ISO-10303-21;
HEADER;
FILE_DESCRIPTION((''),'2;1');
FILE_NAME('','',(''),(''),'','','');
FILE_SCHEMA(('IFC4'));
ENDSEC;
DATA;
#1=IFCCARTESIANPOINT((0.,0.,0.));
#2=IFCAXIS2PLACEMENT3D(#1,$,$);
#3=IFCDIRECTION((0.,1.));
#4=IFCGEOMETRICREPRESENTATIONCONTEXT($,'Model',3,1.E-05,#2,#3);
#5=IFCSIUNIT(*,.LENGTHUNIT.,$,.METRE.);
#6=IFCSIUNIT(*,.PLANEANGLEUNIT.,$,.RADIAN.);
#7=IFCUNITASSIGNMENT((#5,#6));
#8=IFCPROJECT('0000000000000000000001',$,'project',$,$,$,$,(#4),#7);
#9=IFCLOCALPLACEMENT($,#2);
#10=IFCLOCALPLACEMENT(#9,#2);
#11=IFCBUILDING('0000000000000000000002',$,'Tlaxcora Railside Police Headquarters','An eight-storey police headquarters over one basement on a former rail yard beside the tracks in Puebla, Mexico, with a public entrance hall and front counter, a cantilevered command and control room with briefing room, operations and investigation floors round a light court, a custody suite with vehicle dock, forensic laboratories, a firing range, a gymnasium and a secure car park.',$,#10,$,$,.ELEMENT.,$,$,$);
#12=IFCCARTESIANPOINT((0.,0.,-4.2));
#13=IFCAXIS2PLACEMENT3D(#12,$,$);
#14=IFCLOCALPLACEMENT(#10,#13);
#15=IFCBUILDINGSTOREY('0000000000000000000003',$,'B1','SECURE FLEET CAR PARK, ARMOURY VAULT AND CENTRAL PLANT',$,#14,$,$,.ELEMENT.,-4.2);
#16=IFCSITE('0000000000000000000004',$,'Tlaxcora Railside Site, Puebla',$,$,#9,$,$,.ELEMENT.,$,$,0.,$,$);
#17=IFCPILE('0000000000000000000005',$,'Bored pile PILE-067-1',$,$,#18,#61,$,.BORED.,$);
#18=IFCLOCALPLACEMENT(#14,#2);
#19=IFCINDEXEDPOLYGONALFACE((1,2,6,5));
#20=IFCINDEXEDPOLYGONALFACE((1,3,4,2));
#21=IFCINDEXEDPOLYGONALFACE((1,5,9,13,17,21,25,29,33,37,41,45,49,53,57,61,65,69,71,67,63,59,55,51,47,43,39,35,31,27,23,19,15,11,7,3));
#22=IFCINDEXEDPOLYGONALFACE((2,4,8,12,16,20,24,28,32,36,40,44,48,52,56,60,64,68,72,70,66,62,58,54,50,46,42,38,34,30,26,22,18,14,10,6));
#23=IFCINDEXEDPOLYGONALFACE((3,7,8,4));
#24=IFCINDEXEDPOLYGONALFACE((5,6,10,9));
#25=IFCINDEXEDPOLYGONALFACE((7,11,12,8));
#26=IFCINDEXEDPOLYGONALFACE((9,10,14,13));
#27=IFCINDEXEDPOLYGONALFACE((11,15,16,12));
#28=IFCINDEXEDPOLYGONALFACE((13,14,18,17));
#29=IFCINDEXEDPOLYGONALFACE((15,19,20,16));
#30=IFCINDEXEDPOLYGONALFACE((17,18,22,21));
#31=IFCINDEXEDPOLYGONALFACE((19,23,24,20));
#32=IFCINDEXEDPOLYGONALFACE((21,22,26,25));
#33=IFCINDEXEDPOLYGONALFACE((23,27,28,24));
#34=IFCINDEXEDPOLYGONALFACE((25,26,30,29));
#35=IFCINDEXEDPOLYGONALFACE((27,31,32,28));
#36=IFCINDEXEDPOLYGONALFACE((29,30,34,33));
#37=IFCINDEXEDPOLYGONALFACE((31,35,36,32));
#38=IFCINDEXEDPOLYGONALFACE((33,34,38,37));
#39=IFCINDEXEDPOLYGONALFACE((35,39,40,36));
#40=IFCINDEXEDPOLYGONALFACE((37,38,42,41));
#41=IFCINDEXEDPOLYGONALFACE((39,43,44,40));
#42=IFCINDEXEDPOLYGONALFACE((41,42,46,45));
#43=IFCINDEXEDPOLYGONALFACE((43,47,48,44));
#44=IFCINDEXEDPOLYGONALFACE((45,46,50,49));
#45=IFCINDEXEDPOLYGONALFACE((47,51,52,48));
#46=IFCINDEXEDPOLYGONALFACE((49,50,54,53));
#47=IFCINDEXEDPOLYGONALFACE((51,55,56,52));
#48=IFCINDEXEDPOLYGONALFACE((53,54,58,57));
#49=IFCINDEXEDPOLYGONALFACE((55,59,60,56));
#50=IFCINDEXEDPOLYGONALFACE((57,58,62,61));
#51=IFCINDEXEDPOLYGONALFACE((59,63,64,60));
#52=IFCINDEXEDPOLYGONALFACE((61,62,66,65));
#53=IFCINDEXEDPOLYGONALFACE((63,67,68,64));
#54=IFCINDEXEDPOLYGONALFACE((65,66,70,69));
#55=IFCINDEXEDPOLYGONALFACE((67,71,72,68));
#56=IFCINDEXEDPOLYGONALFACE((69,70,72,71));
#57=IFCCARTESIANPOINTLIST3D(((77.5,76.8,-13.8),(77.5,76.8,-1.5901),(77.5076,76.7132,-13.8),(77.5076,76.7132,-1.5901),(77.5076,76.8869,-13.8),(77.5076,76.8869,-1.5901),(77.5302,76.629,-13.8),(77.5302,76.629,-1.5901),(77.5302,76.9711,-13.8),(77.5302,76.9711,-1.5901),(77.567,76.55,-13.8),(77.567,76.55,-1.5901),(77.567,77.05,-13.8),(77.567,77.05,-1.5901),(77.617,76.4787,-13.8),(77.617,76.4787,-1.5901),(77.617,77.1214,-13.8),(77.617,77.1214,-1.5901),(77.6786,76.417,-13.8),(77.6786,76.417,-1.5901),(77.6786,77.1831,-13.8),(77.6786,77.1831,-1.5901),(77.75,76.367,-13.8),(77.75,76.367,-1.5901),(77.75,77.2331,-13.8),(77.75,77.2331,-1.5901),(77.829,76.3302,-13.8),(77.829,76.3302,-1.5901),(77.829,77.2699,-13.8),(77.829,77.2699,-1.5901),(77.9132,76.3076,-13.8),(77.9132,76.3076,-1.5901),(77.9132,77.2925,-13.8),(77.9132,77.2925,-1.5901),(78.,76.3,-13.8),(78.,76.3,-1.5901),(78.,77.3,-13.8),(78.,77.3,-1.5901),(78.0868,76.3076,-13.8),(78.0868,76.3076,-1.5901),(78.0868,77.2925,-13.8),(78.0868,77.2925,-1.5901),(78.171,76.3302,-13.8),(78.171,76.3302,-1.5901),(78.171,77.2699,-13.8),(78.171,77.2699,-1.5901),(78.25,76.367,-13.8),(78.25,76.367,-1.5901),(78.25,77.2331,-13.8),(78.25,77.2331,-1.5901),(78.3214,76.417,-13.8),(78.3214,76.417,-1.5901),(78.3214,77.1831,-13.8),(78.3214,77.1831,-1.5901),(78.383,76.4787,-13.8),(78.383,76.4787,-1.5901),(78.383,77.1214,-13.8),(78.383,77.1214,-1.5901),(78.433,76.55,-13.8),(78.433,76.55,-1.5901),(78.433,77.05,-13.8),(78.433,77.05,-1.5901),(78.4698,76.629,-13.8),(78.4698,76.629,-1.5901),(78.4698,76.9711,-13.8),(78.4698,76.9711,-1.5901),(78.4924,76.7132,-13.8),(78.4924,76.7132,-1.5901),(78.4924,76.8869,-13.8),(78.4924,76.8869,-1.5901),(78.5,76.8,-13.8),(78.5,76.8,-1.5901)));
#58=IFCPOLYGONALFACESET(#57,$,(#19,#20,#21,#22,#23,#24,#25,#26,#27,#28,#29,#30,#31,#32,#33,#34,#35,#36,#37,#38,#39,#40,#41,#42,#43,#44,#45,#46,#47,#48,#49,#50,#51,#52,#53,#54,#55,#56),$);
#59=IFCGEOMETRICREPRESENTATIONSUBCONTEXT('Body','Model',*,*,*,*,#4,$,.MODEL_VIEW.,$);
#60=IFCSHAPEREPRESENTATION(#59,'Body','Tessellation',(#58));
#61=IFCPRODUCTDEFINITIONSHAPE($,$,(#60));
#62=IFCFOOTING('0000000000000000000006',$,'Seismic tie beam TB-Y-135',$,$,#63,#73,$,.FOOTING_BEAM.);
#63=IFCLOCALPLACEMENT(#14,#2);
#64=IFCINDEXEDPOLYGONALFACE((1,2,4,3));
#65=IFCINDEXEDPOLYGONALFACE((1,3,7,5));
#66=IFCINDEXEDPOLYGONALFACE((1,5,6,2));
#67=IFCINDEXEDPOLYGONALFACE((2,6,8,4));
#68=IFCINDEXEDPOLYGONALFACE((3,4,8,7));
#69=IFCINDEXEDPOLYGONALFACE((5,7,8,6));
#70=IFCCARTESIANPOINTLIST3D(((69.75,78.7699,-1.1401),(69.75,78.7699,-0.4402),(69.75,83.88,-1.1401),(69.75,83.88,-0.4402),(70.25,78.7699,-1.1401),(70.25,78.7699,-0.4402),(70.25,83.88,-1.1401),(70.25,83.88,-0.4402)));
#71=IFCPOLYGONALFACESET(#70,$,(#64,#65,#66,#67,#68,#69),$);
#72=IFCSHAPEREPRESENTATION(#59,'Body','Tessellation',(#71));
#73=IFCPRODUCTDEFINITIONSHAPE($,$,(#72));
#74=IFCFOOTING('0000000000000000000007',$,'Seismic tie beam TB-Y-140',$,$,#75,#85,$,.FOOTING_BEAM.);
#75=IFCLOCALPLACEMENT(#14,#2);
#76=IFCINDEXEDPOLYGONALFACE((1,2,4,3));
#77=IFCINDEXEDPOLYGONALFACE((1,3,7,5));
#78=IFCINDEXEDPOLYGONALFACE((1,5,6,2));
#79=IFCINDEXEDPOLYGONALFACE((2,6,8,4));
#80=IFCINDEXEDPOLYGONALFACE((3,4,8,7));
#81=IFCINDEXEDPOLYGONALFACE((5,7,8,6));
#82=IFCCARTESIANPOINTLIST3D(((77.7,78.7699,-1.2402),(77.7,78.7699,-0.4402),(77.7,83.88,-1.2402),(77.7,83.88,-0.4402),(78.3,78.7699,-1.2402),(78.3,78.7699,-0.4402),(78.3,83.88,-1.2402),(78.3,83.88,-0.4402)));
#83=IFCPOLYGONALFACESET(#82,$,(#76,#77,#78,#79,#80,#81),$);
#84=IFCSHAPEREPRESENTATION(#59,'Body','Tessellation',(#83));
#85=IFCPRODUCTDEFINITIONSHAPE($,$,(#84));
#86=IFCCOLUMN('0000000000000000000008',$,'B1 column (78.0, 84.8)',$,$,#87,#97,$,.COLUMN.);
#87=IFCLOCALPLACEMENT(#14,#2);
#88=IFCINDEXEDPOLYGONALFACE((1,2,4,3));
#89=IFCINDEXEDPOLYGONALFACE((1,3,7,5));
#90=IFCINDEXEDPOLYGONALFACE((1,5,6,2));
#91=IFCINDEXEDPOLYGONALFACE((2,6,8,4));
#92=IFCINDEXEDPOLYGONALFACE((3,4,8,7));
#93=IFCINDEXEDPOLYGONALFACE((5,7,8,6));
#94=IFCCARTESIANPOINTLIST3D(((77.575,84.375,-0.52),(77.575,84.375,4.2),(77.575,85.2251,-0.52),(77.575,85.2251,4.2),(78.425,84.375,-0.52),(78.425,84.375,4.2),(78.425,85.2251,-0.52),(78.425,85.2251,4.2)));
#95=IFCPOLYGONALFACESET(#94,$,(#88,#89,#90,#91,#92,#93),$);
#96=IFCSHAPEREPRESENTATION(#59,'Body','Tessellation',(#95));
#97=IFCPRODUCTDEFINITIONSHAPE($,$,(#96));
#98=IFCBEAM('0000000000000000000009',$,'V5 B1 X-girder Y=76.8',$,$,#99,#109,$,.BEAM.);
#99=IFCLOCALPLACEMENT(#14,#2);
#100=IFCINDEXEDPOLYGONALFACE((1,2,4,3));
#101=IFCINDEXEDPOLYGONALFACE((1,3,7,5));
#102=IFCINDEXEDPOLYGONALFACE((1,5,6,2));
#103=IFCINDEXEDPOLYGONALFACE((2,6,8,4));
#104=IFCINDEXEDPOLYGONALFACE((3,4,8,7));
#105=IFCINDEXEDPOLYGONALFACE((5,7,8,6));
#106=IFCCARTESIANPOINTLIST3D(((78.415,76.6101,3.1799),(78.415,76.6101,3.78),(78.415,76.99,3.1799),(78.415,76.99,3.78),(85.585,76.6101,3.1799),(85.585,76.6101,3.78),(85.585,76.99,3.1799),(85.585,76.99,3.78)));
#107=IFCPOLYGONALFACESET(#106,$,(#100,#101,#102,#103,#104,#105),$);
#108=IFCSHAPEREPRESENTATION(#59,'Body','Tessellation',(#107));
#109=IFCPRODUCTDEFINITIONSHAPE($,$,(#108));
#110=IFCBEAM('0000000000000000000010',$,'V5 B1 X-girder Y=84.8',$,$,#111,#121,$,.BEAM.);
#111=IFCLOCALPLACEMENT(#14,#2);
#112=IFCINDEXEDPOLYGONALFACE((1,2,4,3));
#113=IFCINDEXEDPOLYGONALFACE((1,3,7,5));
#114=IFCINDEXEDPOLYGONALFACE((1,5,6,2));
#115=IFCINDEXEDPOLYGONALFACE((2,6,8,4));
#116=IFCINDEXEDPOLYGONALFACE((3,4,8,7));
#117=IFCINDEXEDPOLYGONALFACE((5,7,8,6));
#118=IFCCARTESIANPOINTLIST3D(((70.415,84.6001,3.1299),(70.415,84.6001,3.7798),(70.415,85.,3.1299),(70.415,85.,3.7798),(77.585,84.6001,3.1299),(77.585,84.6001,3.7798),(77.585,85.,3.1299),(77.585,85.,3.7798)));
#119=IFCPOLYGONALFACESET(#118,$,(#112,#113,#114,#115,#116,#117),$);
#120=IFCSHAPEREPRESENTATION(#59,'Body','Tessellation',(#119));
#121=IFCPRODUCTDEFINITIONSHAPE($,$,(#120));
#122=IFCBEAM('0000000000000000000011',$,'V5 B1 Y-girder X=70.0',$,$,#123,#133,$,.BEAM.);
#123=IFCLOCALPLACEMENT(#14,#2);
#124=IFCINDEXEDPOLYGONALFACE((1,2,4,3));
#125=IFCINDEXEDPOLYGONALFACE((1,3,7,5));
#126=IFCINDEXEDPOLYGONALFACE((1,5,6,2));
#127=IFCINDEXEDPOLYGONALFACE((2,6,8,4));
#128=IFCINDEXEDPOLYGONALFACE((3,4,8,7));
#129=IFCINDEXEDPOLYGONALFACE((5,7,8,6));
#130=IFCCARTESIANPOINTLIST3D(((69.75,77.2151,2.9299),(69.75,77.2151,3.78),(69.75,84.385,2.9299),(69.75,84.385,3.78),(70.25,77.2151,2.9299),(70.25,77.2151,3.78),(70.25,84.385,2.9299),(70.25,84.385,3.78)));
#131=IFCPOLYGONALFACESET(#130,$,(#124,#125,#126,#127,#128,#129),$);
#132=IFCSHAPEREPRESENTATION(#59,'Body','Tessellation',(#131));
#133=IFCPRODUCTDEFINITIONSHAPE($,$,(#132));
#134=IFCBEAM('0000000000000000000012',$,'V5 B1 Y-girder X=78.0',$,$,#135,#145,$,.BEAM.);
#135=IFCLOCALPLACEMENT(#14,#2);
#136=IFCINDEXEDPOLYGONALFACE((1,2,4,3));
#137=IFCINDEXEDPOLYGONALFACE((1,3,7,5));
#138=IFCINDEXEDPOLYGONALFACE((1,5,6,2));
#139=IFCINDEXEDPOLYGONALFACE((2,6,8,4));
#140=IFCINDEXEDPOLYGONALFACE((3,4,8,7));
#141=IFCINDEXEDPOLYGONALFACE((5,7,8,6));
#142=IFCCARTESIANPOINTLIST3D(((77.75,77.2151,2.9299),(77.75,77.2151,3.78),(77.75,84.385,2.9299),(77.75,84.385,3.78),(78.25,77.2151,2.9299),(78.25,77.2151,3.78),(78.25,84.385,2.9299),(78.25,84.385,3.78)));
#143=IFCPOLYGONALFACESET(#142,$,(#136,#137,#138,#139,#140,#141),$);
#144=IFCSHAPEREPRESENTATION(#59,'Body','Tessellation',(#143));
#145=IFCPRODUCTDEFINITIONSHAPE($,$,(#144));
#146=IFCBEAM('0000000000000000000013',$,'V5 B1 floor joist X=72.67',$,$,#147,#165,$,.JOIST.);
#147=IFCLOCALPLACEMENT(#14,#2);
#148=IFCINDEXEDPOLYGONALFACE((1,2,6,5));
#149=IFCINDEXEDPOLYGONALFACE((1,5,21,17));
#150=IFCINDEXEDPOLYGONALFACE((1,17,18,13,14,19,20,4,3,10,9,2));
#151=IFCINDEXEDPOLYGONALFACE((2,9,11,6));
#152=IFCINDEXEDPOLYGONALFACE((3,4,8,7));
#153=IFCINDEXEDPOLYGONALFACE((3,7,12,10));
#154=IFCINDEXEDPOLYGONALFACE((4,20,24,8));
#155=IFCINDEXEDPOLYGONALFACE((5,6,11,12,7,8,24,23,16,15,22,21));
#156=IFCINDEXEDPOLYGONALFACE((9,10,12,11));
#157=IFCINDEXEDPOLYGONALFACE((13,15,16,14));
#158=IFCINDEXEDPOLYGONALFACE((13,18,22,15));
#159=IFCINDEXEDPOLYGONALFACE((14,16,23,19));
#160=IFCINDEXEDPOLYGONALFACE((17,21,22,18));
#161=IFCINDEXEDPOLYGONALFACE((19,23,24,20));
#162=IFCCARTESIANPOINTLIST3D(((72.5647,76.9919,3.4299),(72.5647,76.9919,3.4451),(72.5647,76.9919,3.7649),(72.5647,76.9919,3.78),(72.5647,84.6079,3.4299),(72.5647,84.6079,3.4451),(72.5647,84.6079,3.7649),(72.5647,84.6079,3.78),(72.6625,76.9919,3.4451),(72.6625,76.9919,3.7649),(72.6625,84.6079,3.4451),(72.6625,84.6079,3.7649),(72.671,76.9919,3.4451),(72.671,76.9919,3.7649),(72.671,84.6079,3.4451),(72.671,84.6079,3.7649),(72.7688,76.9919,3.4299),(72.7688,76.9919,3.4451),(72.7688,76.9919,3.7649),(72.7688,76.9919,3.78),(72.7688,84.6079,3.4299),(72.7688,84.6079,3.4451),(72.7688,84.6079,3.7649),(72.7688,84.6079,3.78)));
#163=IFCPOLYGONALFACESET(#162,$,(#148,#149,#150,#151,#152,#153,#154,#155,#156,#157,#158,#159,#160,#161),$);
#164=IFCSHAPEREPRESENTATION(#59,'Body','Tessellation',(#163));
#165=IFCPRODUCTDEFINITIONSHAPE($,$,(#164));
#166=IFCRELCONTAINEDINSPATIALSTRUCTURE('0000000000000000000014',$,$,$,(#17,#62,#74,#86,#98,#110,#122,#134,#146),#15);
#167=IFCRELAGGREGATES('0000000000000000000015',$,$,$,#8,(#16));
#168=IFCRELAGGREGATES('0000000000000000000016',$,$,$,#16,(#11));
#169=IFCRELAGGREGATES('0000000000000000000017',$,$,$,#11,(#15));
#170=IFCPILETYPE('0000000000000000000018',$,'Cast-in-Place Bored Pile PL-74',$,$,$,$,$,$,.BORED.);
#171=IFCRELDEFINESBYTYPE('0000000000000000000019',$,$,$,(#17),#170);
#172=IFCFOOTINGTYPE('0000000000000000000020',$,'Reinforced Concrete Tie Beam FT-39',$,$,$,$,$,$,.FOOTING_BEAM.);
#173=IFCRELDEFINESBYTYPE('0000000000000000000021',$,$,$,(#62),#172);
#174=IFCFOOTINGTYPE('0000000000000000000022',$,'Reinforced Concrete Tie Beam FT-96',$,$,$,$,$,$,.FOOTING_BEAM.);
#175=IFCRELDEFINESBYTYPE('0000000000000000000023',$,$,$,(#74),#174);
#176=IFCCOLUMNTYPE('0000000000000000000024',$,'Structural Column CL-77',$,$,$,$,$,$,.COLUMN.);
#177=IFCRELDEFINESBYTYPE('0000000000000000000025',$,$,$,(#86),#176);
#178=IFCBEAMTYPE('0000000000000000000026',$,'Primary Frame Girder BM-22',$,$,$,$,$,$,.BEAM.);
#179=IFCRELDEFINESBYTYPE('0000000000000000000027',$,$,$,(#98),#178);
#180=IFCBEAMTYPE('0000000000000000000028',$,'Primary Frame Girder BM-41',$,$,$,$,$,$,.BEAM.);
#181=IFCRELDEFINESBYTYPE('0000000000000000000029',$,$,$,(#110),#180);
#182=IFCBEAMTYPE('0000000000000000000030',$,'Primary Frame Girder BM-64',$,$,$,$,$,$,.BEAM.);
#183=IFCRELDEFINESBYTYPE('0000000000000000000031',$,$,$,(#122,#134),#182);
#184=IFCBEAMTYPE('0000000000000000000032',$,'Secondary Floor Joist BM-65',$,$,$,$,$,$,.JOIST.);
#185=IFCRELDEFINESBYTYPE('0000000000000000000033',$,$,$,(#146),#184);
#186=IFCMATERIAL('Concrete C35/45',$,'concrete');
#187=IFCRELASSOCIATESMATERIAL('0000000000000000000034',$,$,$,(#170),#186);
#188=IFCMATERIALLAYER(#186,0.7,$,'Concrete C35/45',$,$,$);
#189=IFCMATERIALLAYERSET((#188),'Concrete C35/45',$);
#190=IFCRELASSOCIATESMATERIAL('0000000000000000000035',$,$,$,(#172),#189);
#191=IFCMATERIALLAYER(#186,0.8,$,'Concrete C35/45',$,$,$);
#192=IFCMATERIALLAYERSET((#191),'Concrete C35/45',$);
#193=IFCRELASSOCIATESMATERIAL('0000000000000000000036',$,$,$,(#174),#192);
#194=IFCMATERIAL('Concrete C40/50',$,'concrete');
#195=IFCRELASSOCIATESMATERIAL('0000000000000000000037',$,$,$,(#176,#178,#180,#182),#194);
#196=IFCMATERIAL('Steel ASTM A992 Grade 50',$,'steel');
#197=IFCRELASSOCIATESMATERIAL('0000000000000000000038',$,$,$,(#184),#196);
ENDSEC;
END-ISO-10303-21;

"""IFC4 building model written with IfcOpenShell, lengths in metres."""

from ifc_helpers import new_model, si_unit, direction, frame, origin, origin_2d, place, context, subcontext, project, spatial, rectangle, circle, i_section, extrude, material, layer, layer_set, material_profile, profile_set, type_object, element, save


model = new_model("IFC4")

# Units and contexts
model_context = context("Model", 3, precision=1e-05, world=origin(), true_north=direction((0.0, 1.0)))
body_context = subcontext(model_context, "Body", "Model", "MODEL_VIEW")
ifc_project = project(units=[si_unit("LENGTHUNIT", "METRE"), si_unit("PLANEANGLEUNIT", "RADIAN")], contexts=[model_context])

# Site, building, storey
site_placement = place(None, origin())
site = spatial("IfcSite", under=ifc_project, at=site_placement, Name="Tlaxcora Railside Site, Puebla", CompositionType="ELEMENT", RefElevation=0.0)
building_placement = place(site_placement, origin())
building = spatial("IfcBuilding", under=site, at=building_placement, Name="Tlaxcora Railside Police Headquarters", Description="An eight-storey police headquarters over one basement on a former rail yard beside the tracks in Puebla, Mexico, with a public entrance hall and front counter, a cantilevered command and control room with briefing room, operations and investigation floors round a light court, a custody suite with vehicle dock, forensic laboratories, a firing range, a gymnasium and a secure car park.", CompositionType="ELEMENT")
storey_placement = place(building_placement, frame((0.0, 0.0, -4.2)))
storey = spatial("IfcBuildingStorey", under=building, at=storey_placement, Name="B1", Description="SECURE FLEET CAR PARK, ARMOURY VAULT AND CENTRAL PLANT", CompositionType="ELEMENT", Elevation=-4.2)

# Pile
ifc_material_1 = material(Name="Concrete C35/45", Category="concrete")
ifc_material_profile_1 = material_profile(ifc_material_1, circle(Radius=0.5, at=origin_2d()), Name="PILE1000")
ifc_profile_set_1 = profile_set([ifc_material_profile_1], Name="Concrete C35/45")
pile_type = type_object("IfcPileType", Name="Cast-in-Place Bored Pile PL-74", PredefinedType="BORED", material=ifc_profile_set_1)
pile_placement = place(storey_placement, frame((78.0, 76.8, -1.5901), z_axis=(0.0, 0.0, -1.0), x_axis=(1.0, 0.0, 0.0)))
element("IfcPile", 1, at=pile_placement, inside=storey, type_object=pile_type, Name="Bored pile PILE-067-1", PredefinedType="BORED", context=body_context, shape_type="SweptSolid", body=[
    extrude(circle(Radius=0.5, at=origin_2d()), origin(), (0.0, 0.0, 1.0), 12.21),
])

# Footings
ifc_layer_1 = layer(ifc_material_1, 0.7, Name="Concrete C35/45")
ifc_layer_set_1 = layer_set([ifc_layer_1], Name="Concrete C35/45")
footing_type_1 = type_object("IfcFootingType", Name="Reinforced Concrete Tie Beam FT-39", PredefinedType="FOOTING_BEAM", material=ifc_layer_set_1)
footing_1_placement = place(storey_placement, frame((70.0, 81.325, -1.1401), z_axis=(0.0, 0.0, 1.0), x_axis=(0.0, 1.0, 0.0)))
element("IfcFooting", 2, at=footing_1_placement, inside=storey, type_object=footing_type_1, Name="Seismic tie beam TB-Y-135", PredefinedType="FOOTING_BEAM", context=body_context, shape_type="SweptSolid", body=[
    extrude(rectangle(XDim=5.1101, YDim=0.5, at=origin_2d()), origin(), (0.0, 0.0, 1.0), 0.7),
])
ifc_layer_2 = layer(ifc_material_1, 0.8, Name="Concrete C35/45")
ifc_layer_set_2 = layer_set([ifc_layer_2], Name="Concrete C35/45")
footing_type_2 = type_object("IfcFootingType", Name="Reinforced Concrete Tie Beam FT-96", PredefinedType="FOOTING_BEAM", material=ifc_layer_set_2)
footing_2_placement = place(storey_placement, frame((78.0, 81.325, -1.2402), z_axis=(0.0, 0.0, 1.0), x_axis=(0.0, 1.0, 0.0)))
element("IfcFooting", 3, at=footing_2_placement, inside=storey, type_object=footing_type_2, Name="Seismic tie beam TB-Y-140", PredefinedType="FOOTING_BEAM", context=body_context, shape_type="SweptSolid", body=[
    extrude(rectangle(XDim=5.1101, YDim=0.6001, at=origin_2d()), origin(), (0.0, 0.0, 1.0), 0.8),
])

# Column
ifc_material_2 = material(Name="Concrete C40/50", Category="concrete")
ifc_material_profile_2 = material_profile(ifc_material_2, rectangle(XDim=0.8501, YDim=0.8501, at=origin_2d()), Name="RC850X850")
ifc_profile_set_2 = profile_set([ifc_material_profile_2], Name="Concrete C40/50")
column_type = type_object("IfcColumnType", Name="Structural Column CL-77", PredefinedType="COLUMN", material=ifc_profile_set_2)
column_placement = place(storey_placement, frame((78.0, 84.8, -0.52), z_axis=(0.0, 0.0, 1.0), x_axis=(1.0, 0.0, 0.0)))
element("IfcColumn", 4, at=column_placement, inside=storey, type_object=column_type, Name="B1 column (78.0, 84.8)", PredefinedType="COLUMN", context=body_context, shape_type="SweptSolid", body=[
    extrude(rectangle(XDim=0.8501, YDim=0.8501, at=origin_2d()), origin(), (0.0, 0.0, 1.0), 4.72),
])

# Beams
ifc_material_profile_3 = material_profile(ifc_material_2, rectangle(XDim=0.3799, YDim=0.6001, at=origin_2d()), Name="RC380X600")
ifc_profile_set_3 = profile_set([ifc_material_profile_3], Name="Concrete C40/50")
beam_type_1 = type_object("IfcBeamType", Name="Primary Frame Girder BM-22", PredefinedType="BEAM", material=ifc_profile_set_3)
beam_1_placement = place(storey_placement, frame((78.415, 76.8, 3.48), z_axis=(1.0, 0.0, 0.0), x_axis=(0.0, 1.0, 0.0)))
element("IfcBeam", 5, at=beam_1_placement, inside=storey, type_object=beam_type_1, Name="V5 B1 X-girder Y=76.8", PredefinedType="BEAM", context=body_context, shape_type="SweptSolid", body=[
    extrude(rectangle(XDim=0.3799, YDim=0.6001, at=origin_2d()), origin(), (0.0, 0.0, 1.0), 7.1699),
])
ifc_material_profile_4 = material_profile(ifc_material_2, rectangle(XDim=0.3999, YDim=0.6499, at=origin_2d()), Name="RC400X650")
ifc_profile_set_4 = profile_set([ifc_material_profile_4], Name="Concrete C40/50")
beam_type_2 = type_object("IfcBeamType", Name="Primary Frame Girder BM-41", PredefinedType="BEAM", material=ifc_profile_set_4)
beam_2_placement = place(storey_placement, frame((70.415, 84.8, 3.4548), z_axis=(1.0, 0.0, 0.0), x_axis=(0.0, 1.0, 0.0)))
element("IfcBeam", 6, at=beam_2_placement, inside=storey, type_object=beam_type_2, Name="V5 B1 X-girder Y=84.8", PredefinedType="BEAM", context=body_context, shape_type="SweptSolid", body=[
    extrude(rectangle(XDim=0.3999, YDim=0.6499, at=origin_2d()), origin(), (0.0, 0.0, 1.0), 7.1699),
])
ifc_material_profile_5 = material_profile(ifc_material_2, rectangle(XDim=0.5, YDim=0.8501, at=origin_2d()), Name="RC500X850")
ifc_profile_set_5 = profile_set([ifc_material_profile_5], Name="Concrete C40/50")
beam_type_3 = type_object("IfcBeamType", Name="Primary Frame Girder BM-64", PredefinedType="BEAM", material=ifc_profile_set_5)
for number, where, z_axis, x_axis, name in (
    (7, (70.0, 77.2151, 3.355), (0.0, 1.0, 0.0), (-1.0, 0.0, 0.0), "V5 B1 Y-girder X=70.0"),
    (8, (78.0, 77.2151, 3.355), (0.0, 1.0, 0.0), (-1.0, 0.0, 0.0), "V5 B1 Y-girder X=78.0"),
):
    element("IfcBeam", number, at=place(storey_placement, frame(where, z_axis=z_axis, x_axis=x_axis)), inside=storey, type_object=beam_type_3, Name=name, PredefinedType="BEAM", context=body_context, shape_type="SweptSolid", body=[
        extrude(rectangle(XDim=0.5, YDim=0.8501, at=origin_2d()), origin(), (0.0, 0.0, 1.0), 7.1699),
    ])
ifc_material_3 = material(Name="Steel ASTM A992 Grade 50", Category="steel")
ifc_material_profile_6 = material_profile(ifc_material_3, i_section(OverallWidth=0.2041, OverallDepth=0.3501, WebThickness=0.0085, FlangeThickness=0.0151, at=origin_2d()), Name="W14X48")
ifc_profile_set_6 = profile_set([ifc_material_profile_6], Name="Steel ASTM A992 Grade 50")
beam_type_4 = type_object("IfcBeamType", Name="Secondary Floor Joist BM-65", PredefinedType="JOIST", material=ifc_profile_set_6)
beam_3_placement = place(storey_placement, frame((72.6667, 76.9919, 3.605), z_axis=(0.0, 1.0, 0.0), x_axis=(-1.0, 0.0, 0.0)))
element("IfcBeam", 9, at=beam_3_placement, inside=storey, type_object=beam_type_4, Name="V5 B1 floor joist X=72.67", PredefinedType="JOIST", context=body_context, shape_type="SweptSolid", body=[
    extrude(i_section(OverallWidth=0.2041, OverallDepth=0.3501, WebThickness=0.0085, FlangeThickness=0.0151, at=origin_2d()), origin(), (0.0, 0.0, 1.0), 7.616),
])

save(model, "model.ifc")
